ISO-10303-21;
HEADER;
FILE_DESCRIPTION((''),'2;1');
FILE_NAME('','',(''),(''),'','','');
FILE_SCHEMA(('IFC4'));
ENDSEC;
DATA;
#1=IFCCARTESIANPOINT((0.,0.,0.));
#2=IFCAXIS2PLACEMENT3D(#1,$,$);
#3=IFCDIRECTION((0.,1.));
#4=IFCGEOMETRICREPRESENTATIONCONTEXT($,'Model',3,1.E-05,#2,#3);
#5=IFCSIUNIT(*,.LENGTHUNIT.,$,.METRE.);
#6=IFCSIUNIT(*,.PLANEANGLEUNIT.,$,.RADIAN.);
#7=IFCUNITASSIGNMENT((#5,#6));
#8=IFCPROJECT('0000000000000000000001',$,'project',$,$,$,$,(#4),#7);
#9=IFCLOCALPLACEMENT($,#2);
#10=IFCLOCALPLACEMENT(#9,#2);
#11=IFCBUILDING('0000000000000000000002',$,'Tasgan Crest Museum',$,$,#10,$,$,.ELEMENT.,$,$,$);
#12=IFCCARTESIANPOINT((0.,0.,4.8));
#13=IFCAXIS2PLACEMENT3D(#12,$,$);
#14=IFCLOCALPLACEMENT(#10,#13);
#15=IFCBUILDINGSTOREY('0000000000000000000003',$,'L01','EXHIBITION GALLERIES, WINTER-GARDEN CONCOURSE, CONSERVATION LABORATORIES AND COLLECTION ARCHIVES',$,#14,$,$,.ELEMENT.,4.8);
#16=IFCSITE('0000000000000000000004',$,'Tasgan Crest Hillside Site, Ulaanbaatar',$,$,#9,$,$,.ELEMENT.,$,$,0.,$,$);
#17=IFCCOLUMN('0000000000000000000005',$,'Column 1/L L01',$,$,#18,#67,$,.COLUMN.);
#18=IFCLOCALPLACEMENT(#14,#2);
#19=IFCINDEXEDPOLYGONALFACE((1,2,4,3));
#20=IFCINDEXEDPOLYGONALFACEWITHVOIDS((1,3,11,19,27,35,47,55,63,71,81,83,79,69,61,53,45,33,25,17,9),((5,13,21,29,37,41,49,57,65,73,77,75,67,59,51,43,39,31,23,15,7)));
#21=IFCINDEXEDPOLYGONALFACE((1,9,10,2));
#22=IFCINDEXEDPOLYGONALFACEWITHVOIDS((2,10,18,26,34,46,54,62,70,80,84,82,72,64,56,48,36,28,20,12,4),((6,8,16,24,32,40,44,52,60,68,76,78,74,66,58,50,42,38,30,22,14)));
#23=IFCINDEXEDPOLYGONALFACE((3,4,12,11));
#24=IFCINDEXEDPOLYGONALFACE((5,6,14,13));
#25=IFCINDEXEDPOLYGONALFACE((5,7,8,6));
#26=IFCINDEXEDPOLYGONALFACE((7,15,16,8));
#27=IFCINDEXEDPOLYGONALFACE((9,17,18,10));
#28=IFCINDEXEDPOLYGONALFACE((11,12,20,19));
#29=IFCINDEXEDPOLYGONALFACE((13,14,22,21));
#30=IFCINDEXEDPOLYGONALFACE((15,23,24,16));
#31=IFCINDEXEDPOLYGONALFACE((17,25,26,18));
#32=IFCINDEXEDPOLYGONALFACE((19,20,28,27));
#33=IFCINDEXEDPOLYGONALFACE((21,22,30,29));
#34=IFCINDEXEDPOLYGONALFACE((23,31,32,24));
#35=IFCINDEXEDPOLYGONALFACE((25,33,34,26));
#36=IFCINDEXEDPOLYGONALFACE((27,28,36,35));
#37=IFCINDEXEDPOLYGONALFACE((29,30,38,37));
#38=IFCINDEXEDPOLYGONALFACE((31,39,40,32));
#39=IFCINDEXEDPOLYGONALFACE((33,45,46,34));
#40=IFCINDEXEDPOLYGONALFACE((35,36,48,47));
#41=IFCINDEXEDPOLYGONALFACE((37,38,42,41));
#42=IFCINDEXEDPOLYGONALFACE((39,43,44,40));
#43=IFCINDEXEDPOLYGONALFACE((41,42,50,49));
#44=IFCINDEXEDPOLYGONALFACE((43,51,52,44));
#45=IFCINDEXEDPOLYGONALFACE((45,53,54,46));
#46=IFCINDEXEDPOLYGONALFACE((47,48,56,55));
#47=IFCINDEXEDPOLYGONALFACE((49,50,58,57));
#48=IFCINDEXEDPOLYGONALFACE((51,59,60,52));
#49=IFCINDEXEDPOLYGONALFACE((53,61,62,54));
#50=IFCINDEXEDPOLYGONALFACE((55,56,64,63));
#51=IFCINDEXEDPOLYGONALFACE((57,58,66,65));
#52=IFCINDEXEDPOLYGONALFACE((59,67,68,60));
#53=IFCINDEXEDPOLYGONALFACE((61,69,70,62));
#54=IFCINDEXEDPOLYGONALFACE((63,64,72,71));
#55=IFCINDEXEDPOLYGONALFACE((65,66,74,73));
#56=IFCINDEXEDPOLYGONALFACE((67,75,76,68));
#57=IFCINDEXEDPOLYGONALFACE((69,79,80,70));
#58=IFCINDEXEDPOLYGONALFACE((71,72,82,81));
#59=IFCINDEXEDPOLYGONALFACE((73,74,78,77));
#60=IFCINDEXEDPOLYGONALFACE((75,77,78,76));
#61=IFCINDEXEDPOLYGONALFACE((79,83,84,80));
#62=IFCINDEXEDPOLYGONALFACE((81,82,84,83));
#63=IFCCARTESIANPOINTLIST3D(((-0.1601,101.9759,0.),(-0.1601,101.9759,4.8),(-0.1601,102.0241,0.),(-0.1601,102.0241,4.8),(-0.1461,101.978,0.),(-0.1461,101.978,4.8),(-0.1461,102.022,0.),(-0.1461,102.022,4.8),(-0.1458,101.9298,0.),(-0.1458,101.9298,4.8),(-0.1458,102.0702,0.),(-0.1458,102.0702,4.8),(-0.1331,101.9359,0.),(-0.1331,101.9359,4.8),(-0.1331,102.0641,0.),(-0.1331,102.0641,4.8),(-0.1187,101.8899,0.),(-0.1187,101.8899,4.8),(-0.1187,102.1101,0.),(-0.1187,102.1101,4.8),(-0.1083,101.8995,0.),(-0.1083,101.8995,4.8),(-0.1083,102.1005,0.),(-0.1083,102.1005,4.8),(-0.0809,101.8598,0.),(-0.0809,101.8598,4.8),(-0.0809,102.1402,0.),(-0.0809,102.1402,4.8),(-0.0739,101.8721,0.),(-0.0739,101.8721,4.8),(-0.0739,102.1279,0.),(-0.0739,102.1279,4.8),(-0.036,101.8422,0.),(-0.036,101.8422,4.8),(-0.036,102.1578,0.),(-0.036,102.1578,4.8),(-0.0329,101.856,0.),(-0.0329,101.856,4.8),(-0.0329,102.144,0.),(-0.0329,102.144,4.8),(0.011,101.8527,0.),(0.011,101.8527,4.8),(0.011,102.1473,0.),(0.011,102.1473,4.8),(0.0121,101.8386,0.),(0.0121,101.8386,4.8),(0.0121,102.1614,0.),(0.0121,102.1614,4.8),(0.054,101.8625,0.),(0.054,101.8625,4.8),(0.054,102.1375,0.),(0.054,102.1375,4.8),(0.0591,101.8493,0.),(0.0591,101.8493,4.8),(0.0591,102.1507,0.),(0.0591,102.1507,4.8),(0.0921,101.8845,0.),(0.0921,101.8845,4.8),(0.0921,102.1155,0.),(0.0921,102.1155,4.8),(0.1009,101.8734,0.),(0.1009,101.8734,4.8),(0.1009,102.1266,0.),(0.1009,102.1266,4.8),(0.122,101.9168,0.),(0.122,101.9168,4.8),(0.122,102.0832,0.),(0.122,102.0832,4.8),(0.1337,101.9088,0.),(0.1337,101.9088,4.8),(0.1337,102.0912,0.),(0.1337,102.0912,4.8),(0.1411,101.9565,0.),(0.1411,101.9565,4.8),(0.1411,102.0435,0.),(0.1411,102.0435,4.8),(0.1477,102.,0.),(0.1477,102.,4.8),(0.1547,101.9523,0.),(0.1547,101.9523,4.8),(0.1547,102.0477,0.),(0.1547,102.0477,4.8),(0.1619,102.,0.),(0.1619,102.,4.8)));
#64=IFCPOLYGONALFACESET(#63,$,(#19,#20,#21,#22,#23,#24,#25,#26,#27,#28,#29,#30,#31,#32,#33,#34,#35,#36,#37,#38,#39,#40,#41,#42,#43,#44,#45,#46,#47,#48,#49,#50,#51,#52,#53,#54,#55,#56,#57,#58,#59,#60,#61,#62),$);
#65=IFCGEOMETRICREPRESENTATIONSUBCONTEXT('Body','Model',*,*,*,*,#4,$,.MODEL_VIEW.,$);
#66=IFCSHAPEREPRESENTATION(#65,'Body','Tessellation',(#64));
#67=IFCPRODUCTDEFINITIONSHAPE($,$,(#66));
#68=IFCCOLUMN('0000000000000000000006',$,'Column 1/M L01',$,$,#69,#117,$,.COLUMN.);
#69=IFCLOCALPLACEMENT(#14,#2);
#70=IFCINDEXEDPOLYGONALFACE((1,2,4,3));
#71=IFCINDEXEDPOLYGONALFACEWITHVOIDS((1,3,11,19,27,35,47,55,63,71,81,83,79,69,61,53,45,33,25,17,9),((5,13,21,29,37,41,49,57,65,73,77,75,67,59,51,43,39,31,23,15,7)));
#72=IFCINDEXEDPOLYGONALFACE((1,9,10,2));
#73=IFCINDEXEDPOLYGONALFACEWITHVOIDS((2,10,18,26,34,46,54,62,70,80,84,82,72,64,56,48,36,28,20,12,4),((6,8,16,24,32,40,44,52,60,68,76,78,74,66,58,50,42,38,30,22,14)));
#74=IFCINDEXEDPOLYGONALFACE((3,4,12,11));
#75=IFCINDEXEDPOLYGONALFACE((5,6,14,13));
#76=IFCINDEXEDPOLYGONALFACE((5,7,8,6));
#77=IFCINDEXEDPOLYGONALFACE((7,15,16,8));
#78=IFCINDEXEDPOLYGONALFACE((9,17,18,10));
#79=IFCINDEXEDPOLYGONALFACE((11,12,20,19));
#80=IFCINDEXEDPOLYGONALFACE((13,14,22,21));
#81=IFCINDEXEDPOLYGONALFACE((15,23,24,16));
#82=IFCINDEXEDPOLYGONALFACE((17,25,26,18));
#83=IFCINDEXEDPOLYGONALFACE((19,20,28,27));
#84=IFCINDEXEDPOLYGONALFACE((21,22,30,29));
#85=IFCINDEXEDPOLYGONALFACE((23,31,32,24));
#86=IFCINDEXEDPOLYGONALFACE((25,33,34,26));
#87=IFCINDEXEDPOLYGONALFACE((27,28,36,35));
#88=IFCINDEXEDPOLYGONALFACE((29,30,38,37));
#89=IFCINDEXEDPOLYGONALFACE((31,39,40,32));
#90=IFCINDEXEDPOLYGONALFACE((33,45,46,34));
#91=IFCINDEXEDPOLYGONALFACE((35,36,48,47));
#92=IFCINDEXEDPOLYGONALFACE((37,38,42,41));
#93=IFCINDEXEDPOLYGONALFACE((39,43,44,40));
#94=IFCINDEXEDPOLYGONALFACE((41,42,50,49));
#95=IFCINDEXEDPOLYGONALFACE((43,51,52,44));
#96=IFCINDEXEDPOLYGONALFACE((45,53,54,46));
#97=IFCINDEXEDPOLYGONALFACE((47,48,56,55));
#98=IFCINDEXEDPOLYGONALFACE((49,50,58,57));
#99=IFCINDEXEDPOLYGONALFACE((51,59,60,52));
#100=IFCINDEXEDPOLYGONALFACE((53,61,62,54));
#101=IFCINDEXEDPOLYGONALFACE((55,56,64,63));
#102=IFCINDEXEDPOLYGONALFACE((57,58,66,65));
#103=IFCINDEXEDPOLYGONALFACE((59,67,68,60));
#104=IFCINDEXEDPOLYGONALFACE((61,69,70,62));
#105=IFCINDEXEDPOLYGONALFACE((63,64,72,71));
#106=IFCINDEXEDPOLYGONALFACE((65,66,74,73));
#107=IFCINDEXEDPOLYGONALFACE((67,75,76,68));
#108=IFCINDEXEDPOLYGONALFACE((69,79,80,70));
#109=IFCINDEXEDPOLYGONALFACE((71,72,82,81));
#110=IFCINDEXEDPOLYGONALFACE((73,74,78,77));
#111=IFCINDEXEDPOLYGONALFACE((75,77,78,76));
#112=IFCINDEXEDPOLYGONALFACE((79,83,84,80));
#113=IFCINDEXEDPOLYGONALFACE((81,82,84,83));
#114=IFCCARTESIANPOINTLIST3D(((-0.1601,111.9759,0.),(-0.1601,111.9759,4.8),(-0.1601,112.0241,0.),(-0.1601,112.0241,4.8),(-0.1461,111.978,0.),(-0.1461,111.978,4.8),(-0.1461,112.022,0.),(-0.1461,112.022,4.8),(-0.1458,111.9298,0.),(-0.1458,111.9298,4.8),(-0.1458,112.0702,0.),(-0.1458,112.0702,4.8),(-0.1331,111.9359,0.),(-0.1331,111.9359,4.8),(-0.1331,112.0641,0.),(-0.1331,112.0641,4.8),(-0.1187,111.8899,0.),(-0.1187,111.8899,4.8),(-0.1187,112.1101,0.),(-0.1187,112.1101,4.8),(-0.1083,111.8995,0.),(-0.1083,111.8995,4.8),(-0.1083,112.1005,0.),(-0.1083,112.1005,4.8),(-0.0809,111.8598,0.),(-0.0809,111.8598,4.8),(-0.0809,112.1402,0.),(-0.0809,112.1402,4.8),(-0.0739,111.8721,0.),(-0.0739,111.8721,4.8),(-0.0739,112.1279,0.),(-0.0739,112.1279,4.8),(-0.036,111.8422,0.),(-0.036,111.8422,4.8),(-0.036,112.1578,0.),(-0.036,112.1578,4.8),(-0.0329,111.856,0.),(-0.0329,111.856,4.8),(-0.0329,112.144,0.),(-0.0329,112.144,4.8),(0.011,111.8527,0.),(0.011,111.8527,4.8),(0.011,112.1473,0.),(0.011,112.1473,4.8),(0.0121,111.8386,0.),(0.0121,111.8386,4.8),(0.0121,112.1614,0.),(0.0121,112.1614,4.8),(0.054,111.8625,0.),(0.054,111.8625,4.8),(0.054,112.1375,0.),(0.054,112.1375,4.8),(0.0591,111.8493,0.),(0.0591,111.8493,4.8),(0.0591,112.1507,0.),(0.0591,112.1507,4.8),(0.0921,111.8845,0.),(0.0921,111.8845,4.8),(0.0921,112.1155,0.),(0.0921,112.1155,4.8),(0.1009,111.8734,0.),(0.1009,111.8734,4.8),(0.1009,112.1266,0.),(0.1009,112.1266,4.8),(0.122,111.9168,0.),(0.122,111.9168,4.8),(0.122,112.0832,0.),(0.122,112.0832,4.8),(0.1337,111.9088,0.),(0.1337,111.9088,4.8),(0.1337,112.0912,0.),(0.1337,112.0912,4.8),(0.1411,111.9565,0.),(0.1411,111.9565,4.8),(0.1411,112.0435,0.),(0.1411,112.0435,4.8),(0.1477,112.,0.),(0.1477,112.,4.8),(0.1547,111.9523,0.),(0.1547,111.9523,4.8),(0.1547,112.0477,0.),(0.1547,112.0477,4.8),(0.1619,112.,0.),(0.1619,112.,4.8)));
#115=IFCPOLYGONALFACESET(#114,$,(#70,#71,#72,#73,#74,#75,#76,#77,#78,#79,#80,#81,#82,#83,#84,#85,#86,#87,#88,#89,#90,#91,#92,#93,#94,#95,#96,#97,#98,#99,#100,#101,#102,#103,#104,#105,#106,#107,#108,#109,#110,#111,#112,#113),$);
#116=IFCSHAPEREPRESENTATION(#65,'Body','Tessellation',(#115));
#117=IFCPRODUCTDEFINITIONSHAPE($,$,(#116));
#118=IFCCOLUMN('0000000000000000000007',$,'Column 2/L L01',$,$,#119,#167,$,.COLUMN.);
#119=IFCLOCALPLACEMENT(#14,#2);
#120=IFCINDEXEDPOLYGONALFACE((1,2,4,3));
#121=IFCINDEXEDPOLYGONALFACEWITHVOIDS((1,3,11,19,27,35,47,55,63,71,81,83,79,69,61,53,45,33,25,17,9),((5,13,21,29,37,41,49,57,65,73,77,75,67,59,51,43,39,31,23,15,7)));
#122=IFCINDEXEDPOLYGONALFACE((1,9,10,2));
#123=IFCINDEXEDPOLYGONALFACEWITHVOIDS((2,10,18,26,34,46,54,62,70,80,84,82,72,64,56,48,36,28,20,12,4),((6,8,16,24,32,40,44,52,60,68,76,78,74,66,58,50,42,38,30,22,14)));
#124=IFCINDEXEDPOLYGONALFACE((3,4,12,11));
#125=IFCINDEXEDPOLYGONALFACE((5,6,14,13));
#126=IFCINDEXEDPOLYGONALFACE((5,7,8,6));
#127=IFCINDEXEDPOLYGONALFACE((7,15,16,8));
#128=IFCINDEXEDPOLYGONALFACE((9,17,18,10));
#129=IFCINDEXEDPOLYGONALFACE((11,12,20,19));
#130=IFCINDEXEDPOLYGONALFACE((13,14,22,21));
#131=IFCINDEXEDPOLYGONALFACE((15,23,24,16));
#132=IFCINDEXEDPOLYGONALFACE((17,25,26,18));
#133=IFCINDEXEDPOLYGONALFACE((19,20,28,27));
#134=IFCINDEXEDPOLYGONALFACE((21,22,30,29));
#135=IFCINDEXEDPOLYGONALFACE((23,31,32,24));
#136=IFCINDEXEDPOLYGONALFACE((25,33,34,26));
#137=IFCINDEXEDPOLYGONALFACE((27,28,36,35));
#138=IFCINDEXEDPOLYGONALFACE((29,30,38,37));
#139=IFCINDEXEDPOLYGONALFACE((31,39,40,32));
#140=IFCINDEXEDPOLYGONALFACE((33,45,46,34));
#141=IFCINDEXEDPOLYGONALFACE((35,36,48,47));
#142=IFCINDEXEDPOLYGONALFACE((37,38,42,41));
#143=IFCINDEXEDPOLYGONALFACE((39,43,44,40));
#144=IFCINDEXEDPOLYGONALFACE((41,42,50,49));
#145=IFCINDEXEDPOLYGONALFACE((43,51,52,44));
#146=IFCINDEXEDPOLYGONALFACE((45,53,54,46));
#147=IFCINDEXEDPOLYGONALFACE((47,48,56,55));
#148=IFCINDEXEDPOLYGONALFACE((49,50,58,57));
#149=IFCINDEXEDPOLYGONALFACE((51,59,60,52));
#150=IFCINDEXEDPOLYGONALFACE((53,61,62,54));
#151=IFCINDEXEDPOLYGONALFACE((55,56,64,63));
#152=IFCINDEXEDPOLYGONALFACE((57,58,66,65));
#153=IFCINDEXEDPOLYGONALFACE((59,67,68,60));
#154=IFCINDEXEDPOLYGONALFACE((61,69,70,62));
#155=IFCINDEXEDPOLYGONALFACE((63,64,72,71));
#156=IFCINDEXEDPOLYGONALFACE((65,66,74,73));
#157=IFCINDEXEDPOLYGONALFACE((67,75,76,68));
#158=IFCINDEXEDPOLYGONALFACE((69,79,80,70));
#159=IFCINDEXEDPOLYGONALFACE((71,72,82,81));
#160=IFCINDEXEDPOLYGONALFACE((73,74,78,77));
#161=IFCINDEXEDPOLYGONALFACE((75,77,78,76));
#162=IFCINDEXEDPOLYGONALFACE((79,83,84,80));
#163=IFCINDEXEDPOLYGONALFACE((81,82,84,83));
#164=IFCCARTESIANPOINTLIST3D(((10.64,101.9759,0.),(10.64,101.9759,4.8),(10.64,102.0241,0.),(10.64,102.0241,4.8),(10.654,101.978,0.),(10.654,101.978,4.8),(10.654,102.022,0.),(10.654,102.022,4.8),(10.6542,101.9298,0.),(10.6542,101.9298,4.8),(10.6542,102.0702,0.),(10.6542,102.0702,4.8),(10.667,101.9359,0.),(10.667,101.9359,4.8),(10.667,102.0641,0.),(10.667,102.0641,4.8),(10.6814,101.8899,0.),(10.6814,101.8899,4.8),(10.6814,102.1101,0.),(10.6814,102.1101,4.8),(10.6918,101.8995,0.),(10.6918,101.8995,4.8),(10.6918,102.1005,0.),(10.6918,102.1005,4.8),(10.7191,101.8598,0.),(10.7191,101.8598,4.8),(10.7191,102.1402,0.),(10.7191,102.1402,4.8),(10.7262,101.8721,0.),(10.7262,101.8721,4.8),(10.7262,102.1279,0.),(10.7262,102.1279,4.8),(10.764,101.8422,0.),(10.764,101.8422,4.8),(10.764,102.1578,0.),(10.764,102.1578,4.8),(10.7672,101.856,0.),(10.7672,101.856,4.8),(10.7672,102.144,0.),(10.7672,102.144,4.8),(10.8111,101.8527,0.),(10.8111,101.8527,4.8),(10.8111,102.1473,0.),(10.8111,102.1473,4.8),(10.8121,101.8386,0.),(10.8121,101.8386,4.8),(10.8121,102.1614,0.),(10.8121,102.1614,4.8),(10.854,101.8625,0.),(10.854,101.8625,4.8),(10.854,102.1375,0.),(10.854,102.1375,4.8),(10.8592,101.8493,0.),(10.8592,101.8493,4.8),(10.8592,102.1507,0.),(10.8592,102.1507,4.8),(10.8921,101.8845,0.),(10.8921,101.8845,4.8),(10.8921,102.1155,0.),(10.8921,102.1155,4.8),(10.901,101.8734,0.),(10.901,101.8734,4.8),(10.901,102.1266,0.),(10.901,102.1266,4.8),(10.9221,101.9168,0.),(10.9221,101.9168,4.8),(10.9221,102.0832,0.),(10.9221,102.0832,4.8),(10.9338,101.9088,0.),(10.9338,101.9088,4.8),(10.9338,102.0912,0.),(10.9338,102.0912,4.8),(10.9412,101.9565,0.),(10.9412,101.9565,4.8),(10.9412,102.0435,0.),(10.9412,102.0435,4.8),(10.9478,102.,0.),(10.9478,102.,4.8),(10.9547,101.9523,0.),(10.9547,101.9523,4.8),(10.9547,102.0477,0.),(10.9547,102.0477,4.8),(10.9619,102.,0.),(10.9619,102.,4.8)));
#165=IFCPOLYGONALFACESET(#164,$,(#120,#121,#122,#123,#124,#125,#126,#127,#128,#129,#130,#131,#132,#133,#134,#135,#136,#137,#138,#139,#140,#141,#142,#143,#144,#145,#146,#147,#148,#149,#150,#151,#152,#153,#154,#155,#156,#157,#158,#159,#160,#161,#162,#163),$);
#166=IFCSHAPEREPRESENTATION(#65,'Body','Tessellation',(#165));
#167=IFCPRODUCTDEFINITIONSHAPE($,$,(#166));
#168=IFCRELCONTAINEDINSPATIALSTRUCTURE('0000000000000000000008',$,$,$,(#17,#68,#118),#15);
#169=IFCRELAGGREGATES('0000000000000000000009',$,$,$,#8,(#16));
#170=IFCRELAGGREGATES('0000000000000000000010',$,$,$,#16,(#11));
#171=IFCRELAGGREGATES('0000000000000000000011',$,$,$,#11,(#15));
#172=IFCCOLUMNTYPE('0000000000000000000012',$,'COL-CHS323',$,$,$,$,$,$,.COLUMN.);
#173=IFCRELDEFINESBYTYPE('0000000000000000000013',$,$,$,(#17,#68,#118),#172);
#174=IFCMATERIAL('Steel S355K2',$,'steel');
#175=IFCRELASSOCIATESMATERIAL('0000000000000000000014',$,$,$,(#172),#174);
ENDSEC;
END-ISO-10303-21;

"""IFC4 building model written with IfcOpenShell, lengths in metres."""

from ifc_helpers import new_model, si_unit, direction, frame, origin, origin_2d, place, context, subcontext, project, spatial, hollow_circle, extrude, material, material_profile, profile_set, type_object, element, save


model = new_model("IFC4")

# Units and contexts
model_context = context("Model", 3, precision=1e-05, world=origin(), true_north=direction((0.0, 1.0)))
body_context = subcontext(model_context, "Body", "Model", "MODEL_VIEW")
ifc_project = project(units=[si_unit("LENGTHUNIT", "METRE"), si_unit("PLANEANGLEUNIT", "RADIAN")], contexts=[model_context])

# Site, building, storey
site_placement = place(None, origin())
site = spatial("IfcSite", under=ifc_project, at=site_placement, Name="Tasgan Crest Hillside Site, Ulaanbaatar", CompositionType="ELEMENT", RefElevation=0.0)
building_placement = place(site_placement, origin())
building = spatial("IfcBuilding", under=site, at=building_placement, Name="Tasgan Crest Museum", CompositionType="ELEMENT")
storey_placement = place(building_placement, frame((0.0, 0.0, 4.8)))
storey = spatial("IfcBuildingStorey", under=building, at=storey_placement, Name="L01", Description="EXHIBITION GALLERIES, WINTER-GARDEN CONCOURSE, CONSERVATION LABORATORIES AND COLLECTION ARCHIVES", CompositionType="ELEMENT", Elevation=4.8)

# Columns
ifc_material_1 = material(Name="Steel S355K2", Category="steel")
ifc_material_profile_1 = material_profile(ifc_material_1, hollow_circle(Radius=0.1619, WallThickness=0.0142, at=origin_2d()), Name="CHS 323.9x14.2")
ifc_profile_set_1 = profile_set([ifc_material_profile_1], Name="Steel S355K2")
column_type = type_object("IfcColumnType", Name="COL-CHS323", PredefinedType="COLUMN", material=ifc_profile_set_1)
for number, where, z_axis, x_axis, name in (
    (1, (0.0, 102.0, 0.0), (0.0, 0.0, 1.0), (1.0, 0.0, 0.0), "Column 1/L L01"),
    (2, (0.0, 112.0, 0.0), (0.0, 0.0, 1.0), (1.0, 0.0, 0.0), "Column 1/M L01"),
    (3, (10.8, 102.0, 0.0), (0.0, 0.0, 1.0), (1.0, 0.0, 0.0), "Column 2/L L01"),
):
    element("IfcColumn", number, at=place(storey_placement, frame(where, z_axis=z_axis, x_axis=x_axis)), inside=storey, type_object=column_type, Name=name, PredefinedType="COLUMN", context=body_context, shape_type="SweptSolid", body=[
        extrude(hollow_circle(Radius=0.1619, WallThickness=0.0142, at=origin_2d()), origin(), (0.0, 0.0, 1.0), 4.8),
    ])

save(model, "model.ifc")
